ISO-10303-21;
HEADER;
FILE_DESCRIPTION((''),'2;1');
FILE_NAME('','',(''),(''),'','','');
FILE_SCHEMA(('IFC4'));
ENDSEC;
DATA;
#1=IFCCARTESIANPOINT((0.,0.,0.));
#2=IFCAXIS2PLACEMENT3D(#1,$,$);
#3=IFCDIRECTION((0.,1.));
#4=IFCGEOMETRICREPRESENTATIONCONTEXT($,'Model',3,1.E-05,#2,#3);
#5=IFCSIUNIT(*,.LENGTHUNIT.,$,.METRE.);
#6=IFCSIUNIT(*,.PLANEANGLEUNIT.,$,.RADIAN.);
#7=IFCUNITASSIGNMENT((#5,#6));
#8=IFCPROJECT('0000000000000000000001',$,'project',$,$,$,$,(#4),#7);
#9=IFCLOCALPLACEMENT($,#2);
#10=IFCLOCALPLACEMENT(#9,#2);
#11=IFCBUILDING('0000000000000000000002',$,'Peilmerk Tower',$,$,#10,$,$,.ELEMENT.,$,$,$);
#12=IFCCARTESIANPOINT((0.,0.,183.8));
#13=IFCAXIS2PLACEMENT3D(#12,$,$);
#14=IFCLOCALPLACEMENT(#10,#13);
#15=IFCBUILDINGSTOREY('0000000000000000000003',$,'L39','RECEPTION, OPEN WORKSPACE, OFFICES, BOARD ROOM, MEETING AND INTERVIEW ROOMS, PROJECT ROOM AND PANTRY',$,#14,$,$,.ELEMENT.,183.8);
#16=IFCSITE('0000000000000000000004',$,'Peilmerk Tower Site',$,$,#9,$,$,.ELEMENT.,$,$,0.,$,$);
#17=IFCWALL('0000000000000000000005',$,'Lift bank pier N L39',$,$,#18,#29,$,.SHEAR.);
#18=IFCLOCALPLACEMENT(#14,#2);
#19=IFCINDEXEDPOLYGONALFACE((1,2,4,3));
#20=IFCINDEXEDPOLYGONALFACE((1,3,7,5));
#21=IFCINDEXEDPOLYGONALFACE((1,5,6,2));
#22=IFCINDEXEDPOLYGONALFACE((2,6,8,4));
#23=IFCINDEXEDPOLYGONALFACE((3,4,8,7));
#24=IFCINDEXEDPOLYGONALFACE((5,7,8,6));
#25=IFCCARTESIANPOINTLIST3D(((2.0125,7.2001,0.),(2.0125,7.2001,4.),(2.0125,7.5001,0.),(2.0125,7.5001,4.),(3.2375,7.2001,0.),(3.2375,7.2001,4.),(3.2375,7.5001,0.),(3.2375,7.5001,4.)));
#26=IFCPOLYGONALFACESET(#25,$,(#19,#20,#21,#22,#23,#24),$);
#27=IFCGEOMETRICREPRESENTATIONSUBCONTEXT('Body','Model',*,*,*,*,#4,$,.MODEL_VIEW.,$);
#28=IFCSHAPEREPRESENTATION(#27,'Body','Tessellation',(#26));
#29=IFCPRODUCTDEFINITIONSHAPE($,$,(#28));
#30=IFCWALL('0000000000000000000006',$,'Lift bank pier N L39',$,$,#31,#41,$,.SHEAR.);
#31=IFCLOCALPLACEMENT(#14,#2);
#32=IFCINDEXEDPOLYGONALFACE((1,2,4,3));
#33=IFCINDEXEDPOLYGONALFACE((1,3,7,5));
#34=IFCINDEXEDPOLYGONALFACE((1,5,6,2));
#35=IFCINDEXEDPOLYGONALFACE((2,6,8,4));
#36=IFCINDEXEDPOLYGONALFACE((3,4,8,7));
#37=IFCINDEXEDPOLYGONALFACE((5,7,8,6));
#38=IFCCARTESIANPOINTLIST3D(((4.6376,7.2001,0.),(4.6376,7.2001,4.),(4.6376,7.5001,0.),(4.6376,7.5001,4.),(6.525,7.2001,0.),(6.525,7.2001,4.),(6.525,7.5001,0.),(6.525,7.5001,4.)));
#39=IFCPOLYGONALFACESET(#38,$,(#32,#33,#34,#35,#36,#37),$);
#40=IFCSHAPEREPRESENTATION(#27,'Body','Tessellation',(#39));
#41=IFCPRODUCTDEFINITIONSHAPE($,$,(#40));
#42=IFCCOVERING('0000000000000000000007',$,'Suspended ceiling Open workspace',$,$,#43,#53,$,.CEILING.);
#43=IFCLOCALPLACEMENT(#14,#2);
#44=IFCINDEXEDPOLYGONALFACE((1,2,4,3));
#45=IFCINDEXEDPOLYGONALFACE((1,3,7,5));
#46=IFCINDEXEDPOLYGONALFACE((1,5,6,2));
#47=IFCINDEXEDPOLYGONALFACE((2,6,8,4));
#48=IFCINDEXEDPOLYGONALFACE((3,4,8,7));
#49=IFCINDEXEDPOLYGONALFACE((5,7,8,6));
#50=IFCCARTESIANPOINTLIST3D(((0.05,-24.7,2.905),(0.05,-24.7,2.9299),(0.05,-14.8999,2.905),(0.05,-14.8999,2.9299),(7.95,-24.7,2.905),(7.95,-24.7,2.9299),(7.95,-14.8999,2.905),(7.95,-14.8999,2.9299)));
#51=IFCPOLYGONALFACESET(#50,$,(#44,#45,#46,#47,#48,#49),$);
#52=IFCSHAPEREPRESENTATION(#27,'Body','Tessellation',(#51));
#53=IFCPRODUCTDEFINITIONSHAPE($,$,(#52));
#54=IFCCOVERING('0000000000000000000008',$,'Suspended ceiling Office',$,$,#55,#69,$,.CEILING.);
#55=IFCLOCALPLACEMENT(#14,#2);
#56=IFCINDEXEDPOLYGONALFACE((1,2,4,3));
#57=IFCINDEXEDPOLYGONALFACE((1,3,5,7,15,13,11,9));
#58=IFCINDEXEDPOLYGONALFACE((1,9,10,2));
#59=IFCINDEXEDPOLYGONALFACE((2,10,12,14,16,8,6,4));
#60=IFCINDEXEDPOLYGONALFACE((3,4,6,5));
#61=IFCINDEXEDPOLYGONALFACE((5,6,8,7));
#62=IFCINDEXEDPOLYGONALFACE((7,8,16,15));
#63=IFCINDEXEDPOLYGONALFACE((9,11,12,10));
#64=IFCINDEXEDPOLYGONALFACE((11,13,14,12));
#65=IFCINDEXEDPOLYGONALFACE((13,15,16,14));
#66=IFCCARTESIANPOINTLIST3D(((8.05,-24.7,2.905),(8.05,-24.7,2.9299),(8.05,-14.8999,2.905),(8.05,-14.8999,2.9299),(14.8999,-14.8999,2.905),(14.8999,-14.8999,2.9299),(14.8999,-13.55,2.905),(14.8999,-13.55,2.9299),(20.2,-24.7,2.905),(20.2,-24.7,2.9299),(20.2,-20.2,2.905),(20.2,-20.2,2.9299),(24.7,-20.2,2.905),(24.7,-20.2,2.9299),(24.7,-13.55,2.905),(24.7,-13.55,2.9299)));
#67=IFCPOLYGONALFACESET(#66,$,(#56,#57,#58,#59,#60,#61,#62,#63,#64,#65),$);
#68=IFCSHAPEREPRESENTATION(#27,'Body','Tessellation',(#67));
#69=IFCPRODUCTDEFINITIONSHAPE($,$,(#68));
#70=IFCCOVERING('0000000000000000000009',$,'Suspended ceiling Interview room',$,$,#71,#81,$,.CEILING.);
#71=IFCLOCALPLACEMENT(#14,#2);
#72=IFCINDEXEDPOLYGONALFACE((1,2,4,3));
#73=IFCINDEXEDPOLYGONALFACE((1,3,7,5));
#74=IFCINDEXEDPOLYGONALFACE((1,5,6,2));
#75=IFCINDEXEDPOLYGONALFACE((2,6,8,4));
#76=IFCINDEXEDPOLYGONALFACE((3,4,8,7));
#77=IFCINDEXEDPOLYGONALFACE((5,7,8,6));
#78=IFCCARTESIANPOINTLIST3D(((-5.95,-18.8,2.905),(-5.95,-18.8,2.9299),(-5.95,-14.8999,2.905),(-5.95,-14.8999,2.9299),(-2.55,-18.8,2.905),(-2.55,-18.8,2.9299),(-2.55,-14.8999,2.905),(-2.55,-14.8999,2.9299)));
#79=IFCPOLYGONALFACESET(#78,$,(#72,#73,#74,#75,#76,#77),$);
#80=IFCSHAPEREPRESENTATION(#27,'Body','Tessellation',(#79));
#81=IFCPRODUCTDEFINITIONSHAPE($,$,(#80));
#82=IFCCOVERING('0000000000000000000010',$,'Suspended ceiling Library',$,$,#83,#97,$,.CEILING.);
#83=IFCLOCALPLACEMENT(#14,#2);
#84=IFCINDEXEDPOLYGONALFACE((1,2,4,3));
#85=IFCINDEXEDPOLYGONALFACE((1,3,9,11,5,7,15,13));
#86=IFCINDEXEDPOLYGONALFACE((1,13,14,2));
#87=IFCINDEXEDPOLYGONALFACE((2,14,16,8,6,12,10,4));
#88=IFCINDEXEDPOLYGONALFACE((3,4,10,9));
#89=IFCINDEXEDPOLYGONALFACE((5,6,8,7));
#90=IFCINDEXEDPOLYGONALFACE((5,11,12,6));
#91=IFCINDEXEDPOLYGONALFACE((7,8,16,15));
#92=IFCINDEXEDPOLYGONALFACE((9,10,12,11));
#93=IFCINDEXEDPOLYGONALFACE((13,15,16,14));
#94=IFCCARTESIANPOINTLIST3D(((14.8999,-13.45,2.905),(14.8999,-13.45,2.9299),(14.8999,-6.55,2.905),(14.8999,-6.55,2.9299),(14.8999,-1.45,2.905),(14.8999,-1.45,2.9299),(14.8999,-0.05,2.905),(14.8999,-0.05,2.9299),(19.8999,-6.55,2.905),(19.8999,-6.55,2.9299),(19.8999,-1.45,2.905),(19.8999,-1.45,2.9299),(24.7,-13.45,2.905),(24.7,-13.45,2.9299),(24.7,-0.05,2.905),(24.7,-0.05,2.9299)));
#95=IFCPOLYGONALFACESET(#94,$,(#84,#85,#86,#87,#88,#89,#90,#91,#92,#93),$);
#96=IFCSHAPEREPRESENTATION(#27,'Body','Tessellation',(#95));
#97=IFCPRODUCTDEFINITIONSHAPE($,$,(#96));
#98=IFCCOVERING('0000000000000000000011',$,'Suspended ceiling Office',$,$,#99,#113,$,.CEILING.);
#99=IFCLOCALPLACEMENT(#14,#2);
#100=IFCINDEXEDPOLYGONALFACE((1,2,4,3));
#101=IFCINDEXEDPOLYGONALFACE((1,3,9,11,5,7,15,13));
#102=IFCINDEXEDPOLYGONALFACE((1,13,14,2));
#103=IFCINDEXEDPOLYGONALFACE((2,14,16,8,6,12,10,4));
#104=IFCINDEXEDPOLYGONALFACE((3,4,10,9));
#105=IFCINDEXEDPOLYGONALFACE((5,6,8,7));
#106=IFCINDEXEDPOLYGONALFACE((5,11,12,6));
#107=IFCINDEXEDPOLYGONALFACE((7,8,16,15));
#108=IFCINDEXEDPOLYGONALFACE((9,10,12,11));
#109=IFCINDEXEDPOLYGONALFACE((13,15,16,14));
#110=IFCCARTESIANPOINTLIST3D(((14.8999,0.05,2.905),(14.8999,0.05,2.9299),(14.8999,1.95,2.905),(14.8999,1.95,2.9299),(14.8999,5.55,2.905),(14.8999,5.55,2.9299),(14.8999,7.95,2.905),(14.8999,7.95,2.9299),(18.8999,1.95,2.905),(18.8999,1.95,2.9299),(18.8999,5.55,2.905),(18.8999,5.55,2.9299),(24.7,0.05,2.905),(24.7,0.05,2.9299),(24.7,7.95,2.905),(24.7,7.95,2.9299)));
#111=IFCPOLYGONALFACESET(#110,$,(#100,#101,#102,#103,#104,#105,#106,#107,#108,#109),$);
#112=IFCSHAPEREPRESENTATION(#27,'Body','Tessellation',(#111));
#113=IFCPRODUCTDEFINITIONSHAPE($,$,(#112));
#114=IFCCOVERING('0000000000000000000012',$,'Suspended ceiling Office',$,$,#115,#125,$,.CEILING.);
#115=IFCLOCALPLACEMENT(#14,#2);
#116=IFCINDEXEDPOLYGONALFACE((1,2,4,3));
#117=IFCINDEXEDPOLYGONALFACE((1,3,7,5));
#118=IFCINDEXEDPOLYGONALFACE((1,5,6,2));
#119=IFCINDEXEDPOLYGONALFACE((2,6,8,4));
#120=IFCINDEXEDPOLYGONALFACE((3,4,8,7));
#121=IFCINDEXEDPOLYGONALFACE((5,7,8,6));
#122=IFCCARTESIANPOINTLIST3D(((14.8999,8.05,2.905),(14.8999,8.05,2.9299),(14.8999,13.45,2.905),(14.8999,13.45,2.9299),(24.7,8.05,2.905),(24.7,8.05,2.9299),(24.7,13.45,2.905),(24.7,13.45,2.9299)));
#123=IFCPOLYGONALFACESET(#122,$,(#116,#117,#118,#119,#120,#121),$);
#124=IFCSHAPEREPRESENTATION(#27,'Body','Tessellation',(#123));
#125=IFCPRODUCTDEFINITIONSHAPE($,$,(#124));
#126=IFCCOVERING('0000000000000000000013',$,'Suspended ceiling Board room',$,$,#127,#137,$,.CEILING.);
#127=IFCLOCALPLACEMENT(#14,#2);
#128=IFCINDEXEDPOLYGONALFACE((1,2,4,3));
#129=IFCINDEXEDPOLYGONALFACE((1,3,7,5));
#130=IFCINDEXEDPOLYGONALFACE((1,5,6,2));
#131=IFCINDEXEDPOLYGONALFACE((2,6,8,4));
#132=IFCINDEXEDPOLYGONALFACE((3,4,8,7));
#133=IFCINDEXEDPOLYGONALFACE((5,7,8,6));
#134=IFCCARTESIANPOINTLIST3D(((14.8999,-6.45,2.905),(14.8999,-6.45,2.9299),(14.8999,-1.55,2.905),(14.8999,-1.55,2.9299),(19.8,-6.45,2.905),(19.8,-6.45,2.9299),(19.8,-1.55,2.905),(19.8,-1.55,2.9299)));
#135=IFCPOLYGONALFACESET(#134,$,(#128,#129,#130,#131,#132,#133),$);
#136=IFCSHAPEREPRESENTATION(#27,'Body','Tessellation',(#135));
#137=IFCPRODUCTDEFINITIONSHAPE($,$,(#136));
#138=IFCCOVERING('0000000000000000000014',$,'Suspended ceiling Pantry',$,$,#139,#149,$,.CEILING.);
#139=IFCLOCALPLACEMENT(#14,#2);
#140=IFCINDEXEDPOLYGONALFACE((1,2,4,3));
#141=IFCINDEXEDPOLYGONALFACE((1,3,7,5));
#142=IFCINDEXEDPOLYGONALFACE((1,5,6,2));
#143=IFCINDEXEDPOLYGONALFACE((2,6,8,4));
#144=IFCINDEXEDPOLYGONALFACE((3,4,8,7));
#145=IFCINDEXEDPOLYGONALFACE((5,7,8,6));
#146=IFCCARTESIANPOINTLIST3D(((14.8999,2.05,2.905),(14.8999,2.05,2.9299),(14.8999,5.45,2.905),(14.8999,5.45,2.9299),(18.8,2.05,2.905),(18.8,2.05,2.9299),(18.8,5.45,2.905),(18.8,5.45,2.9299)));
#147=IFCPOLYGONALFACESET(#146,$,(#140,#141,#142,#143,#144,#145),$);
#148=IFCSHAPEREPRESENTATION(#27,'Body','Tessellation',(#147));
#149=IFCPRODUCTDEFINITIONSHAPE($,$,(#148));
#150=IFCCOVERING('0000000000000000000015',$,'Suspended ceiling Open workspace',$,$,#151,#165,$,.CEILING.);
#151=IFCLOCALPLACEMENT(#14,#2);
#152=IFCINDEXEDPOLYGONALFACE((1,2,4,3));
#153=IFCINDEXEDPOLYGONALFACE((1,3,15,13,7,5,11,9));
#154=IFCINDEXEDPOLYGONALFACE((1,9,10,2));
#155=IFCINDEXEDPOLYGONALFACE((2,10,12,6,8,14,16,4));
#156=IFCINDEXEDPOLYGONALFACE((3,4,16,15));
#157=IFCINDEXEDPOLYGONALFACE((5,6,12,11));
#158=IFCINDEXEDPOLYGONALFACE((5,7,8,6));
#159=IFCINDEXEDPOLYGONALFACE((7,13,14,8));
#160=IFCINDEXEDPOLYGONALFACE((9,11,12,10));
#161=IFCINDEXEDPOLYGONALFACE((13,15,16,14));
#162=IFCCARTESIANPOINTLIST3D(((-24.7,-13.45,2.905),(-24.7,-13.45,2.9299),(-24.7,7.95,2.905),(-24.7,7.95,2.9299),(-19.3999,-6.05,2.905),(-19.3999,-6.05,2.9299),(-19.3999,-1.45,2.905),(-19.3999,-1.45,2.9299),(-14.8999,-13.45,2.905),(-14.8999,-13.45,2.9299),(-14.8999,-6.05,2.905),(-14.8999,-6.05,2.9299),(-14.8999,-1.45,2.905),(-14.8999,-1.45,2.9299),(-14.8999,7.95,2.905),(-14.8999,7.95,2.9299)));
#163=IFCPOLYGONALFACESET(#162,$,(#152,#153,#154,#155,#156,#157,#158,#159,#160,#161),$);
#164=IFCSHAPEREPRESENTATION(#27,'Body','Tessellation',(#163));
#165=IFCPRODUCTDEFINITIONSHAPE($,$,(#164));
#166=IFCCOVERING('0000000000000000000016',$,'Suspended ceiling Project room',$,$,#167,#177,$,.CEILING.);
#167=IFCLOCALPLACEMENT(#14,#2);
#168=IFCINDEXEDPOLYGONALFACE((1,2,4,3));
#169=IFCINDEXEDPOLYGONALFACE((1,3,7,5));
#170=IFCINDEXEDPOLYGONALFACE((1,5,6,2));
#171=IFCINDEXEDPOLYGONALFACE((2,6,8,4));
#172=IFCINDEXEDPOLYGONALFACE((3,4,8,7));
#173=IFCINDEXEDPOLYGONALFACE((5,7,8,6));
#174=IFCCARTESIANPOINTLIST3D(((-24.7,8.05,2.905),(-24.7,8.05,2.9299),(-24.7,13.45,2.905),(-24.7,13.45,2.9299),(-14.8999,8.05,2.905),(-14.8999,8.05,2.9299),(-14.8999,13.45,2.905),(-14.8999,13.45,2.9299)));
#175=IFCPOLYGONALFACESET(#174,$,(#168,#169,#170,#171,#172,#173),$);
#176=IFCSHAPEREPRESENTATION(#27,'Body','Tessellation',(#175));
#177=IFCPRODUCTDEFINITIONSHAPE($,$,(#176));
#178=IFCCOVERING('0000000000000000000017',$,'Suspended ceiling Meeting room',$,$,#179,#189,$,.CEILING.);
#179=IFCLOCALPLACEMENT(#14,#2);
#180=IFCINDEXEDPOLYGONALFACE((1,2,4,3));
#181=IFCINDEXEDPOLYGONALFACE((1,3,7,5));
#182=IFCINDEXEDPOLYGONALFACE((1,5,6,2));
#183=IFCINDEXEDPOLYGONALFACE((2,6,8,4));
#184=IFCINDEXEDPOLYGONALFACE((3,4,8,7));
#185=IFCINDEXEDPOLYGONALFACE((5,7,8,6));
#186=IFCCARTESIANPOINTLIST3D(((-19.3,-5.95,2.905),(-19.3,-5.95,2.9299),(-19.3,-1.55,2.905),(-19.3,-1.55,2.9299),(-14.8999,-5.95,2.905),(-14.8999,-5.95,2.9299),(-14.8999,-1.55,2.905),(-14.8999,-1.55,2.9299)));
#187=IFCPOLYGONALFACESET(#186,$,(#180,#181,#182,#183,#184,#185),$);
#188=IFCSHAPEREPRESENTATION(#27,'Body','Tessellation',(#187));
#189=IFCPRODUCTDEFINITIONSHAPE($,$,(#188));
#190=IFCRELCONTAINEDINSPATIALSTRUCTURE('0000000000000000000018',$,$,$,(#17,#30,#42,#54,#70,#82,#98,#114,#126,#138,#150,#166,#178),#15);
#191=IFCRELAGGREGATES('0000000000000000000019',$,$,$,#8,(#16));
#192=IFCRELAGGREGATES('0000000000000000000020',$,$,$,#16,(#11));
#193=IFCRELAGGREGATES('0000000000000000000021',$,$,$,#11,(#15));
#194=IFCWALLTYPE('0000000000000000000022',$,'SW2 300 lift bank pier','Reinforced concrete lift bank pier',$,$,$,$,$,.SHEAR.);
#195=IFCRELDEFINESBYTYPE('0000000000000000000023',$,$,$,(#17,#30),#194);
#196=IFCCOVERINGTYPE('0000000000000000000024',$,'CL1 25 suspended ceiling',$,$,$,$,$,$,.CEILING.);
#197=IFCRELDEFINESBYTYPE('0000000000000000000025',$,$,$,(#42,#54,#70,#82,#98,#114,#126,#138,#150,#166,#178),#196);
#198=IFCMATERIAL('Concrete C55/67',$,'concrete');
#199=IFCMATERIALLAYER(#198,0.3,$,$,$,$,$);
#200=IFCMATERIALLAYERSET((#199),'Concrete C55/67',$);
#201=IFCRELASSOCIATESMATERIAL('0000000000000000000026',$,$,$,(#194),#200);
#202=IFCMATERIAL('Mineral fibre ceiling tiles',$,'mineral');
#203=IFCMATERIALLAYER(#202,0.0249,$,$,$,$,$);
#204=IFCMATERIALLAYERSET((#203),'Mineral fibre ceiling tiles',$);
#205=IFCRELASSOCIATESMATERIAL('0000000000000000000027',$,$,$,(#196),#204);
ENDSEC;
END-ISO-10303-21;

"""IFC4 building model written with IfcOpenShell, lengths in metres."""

from ifc_helpers import new_model, si_unit, direction, frame, frame_2d, origin, place, context, subcontext, project, spatial, polyline, rectangle, outline, extrude, material, layer, layer_set, type_object, element, save


model = new_model("IFC4")

# Units and contexts
model_context = context("Model", 3, precision=1e-05, world=origin(), true_north=direction((0.0, 1.0)))
body_context = subcontext(model_context, "Body", "Model", "MODEL_VIEW")
ifc_project = project(units=[si_unit("LENGTHUNIT", "METRE"), si_unit("PLANEANGLEUNIT", "RADIAN")], contexts=[model_context])

# Site, building, storey
site_placement = place(None, origin())
site = spatial("IfcSite", under=ifc_project, at=site_placement, Name="Peilmerk Tower Site", CompositionType="ELEMENT", RefElevation=0.0)
building_placement = place(site_placement, origin())
building = spatial("IfcBuilding", under=site, at=building_placement, Name="Peilmerk Tower", CompositionType="ELEMENT")
storey_placement = place(building_placement, frame((0.0, 0.0, 183.8)))
storey = spatial("IfcBuildingStorey", under=building, at=storey_placement, Name="L39", Description="RECEPTION, OPEN WORKSPACE, OFFICES, BOARD ROOM, MEETING AND INTERVIEW ROOMS, PROJECT ROOM AND PANTRY", CompositionType="ELEMENT", Elevation=183.8)

# Walls
ifc_material_1 = material(Name="Concrete C55/67", Category="concrete")
ifc_layer_1 = layer(ifc_material_1, 0.3)
ifc_layer_set_1 = layer_set([ifc_layer_1], Name="Concrete C55/67")
wall_type_1 = type_object("IfcWallType", Name="SW2 300 lift bank pier", Description="Reinforced concrete lift bank pier", PredefinedType="SHEAR", material=ifc_layer_set_1)
wall_1_placement = place(storey_placement, frame((2.0125, 7.3501, 0.0), z_axis=(0.0, 0.0, 1.0), x_axis=(1.0, 0.0, 0.0)))
element("IfcWall", 1, at=wall_1_placement, inside=storey, type_object=wall_type_1, Name="Lift bank pier N L39", PredefinedType="SHEAR", context=body_context, shape_type="SweptSolid", body=[
    extrude(rectangle(XDim=1.2251, YDim=0.3, at=frame_2d((0.6125, 0.0))), origin(), (0.0, 0.0, 1.0), 4.0),
])
wall_2_placement = place(storey_placement, frame((4.6375, 7.3501, 0.0), z_axis=(0.0, 0.0, 1.0), x_axis=(1.0, 0.0, 0.0)))
element("IfcWall", 2, at=wall_2_placement, inside=storey, type_object=wall_type_1, Name="Lift bank pier N L39", PredefinedType="SHEAR", context=body_context, shape_type="SweptSolid", body=[
    extrude(rectangle(XDim=1.8875, YDim=0.3, at=frame_2d((0.9438, 0.0))), origin(), (0.0, 0.0, 1.0), 4.0),
])

# Coverings
ifc_material_2 = material(Name="Mineral fibre ceiling tiles", Category="mineral")
ifc_layer_2 = layer(ifc_material_2, 0.0249)
ifc_layer_set_2 = layer_set([ifc_layer_2], Name="Mineral fibre ceiling tiles")
covering_type = type_object("IfcCoveringType", Name="CL1 25 suspended ceiling", PredefinedType="CEILING", material=ifc_layer_set_2)
covering_1_placement = place(storey_placement, frame((0.0, 0.0, 2.905)))
element("IfcCovering", 3, at=covering_1_placement, inside=storey, type_object=covering_type, Name="Suspended ceiling Open workspace", PredefinedType="CEILING", context=body_context, shape_type="SweptSolid", body=[
    extrude(outline(polyline([(0.05, -24.7), (7.95, -24.7), (7.95, -14.8999), (0.05, -14.8999), (0.05, -24.7)])), origin(), (0.0, 0.0, 1.0), 0.0249),
])
covering_2_placement = place(storey_placement, frame((0.0, 0.0, 2.905)))
element("IfcCovering", 4, at=covering_2_placement, inside=storey, type_object=covering_type, Name="Suspended ceiling Office", PredefinedType="CEILING", context=body_context, shape_type="SweptSolid", body=[
    extrude(outline(polyline([(8.05, -24.7), (20.2, -24.7), (20.2, -20.2), (24.7, -20.2), (24.7, -13.55), (14.8999, -13.55), (14.8999, -14.8999), (8.05, -14.8999), (8.05, -24.7)])), origin(), (0.0, 0.0, 1.0), 0.0249),
])
covering_3_placement = place(storey_placement, frame((0.0, 0.0, 2.905)))
element("IfcCovering", 5, at=covering_3_placement, inside=storey, type_object=covering_type, Name="Suspended ceiling Interview room", PredefinedType="CEILING", context=body_context, shape_type="SweptSolid", body=[
    extrude(outline(polyline([(-2.55, -18.8), (-2.55, -14.8999), (-5.95, -14.8999), (-5.95, -18.8), (-2.55, -18.8)])), origin(), (0.0, 0.0, 1.0), 0.0249),
])
covering_4_placement = place(storey_placement, frame((0.0, 0.0, 2.905)))
element("IfcCovering", 6, at=covering_4_placement, inside=storey, type_object=covering_type, Name="Suspended ceiling Library", PredefinedType="CEILING", context=body_context, shape_type="SweptSolid", body=[
    extrude(outline(polyline([(14.8999, -13.45), (24.7, -13.45), (24.7, -0.05), (14.8999, -0.05), (14.8999, -1.45), (19.8999, -1.45), (19.8999, -6.55), (14.8999, -6.55), (14.8999, -13.45)])), origin(), (0.0, 0.0, 1.0), 0.0249),
])
covering_5_placement = place(storey_placement, frame((0.0, 0.0, 2.905)))
element("IfcCovering", 7, at=covering_5_placement, inside=storey, type_object=covering_type, Name="Suspended ceiling Office", PredefinedType="CEILING", context=body_context, shape_type="SweptSolid", body=[
    extrude(outline(polyline([(14.8999, 0.05), (24.7, 0.05), (24.7, 7.95), (14.8999, 7.95), (14.8999, 5.55), (18.8999, 5.55), (18.8999, 1.95), (14.8999, 1.95), (14.8999, 0.05)])), origin(), (0.0, 0.0, 1.0), 0.0249),
])
covering_6_placement = place(storey_placement, frame((0.0, 0.0, 2.905)))
element("IfcCovering", 8, at=covering_6_placement, inside=storey, type_object=covering_type, Name="Suspended ceiling Office", PredefinedType="CEILING", context=body_context, shape_type="SweptSolid", body=[
    extrude(outline(polyline([(24.7, 8.05), (24.7, 13.45), (14.8999, 13.45), (14.8999, 8.05), (24.7, 8.05)])), origin(), (0.0, 0.0, 1.0), 0.0249),
])
covering_7_placement = place(storey_placement, frame((0.0, 0.0, 2.905)))
element("IfcCovering", 9, at=covering_7_placement, inside=storey, type_object=covering_type, Name="Suspended ceiling Board room", PredefinedType="CEILING", context=body_context, shape_type="SweptSolid", body=[
    extrude(outline(polyline([(19.8, -6.45), (19.8, -1.55), (14.8999, -1.55), (14.8999, -6.45), (19.8, -6.45)])), origin(), (0.0, 0.0, 1.0), 0.0249),
])
covering_8_placement = place(storey_placement, frame((0.0, 0.0, 2.905)))
element("IfcCovering", 10, at=covering_8_placement, inside=storey, type_object=covering_type, Name="Suspended ceiling Pantry", PredefinedType="CEILING", context=body_context, shape_type="SweptSolid", body=[
    extrude(outline(polyline([(18.8, 2.05), (18.8, 5.45), (14.8999, 5.45), (14.8999, 2.05), (18.8, 2.05)])), origin(), (0.0, 0.0, 1.0), 0.0249),
])
covering_9_placement = place(storey_placement, frame((0.0, 0.0, 2.905)))
element("IfcCovering", 11, at=covering_9_placement, inside=storey, type_object=covering_type, Name="Suspended ceiling Open workspace", PredefinedType="CEILING", context=body_context, shape_type="SweptSolid", body=[
    extrude(outline(polyline([(-14.8999, 7.95), (-24.7, 7.95), (-24.7, -13.45), (-14.8999, -13.45), (-14.8999, -6.05), (-19.3999, -6.05), (-19.3999, -1.45), (-14.8999, -1.45), (-14.8999, 7.95)])), origin(), (0.0, 0.0, 1.0), 0.0249),
])
covering_10_placement = place(storey_placement, frame((0.0, 0.0, 2.905)))
element("IfcCovering", 12, at=covering_10_placement, inside=storey, type_object=covering_type, Name="Suspended ceiling Project room", PredefinedType="CEILING", context=body_context, shape_type="SweptSolid", body=[
    extrude(outline(polyline([(-24.7, 13.45), (-24.7, 8.05), (-14.8999, 8.05), (-14.8999, 13.45), (-24.7, 13.45)])), origin(), (0.0, 0.0, 1.0), 0.0249),
])
covering_11_placement = place(storey_placement, frame((0.0, 0.0, 2.905)))
element("IfcCovering", 13, at=covering_11_placement, inside=storey, type_object=covering_type, Name="Suspended ceiling Meeting room", PredefinedType="CEILING", context=body_context, shape_type="SweptSolid", body=[
    extrude(outline(polyline([(-14.8999, -5.95), (-14.8999, -1.55), (-19.3, -1.55), (-19.3, -5.95), (-14.8999, -5.95)])), origin(), (0.0, 0.0, 1.0), 0.0249),
])

save(model, "model.ifc")
